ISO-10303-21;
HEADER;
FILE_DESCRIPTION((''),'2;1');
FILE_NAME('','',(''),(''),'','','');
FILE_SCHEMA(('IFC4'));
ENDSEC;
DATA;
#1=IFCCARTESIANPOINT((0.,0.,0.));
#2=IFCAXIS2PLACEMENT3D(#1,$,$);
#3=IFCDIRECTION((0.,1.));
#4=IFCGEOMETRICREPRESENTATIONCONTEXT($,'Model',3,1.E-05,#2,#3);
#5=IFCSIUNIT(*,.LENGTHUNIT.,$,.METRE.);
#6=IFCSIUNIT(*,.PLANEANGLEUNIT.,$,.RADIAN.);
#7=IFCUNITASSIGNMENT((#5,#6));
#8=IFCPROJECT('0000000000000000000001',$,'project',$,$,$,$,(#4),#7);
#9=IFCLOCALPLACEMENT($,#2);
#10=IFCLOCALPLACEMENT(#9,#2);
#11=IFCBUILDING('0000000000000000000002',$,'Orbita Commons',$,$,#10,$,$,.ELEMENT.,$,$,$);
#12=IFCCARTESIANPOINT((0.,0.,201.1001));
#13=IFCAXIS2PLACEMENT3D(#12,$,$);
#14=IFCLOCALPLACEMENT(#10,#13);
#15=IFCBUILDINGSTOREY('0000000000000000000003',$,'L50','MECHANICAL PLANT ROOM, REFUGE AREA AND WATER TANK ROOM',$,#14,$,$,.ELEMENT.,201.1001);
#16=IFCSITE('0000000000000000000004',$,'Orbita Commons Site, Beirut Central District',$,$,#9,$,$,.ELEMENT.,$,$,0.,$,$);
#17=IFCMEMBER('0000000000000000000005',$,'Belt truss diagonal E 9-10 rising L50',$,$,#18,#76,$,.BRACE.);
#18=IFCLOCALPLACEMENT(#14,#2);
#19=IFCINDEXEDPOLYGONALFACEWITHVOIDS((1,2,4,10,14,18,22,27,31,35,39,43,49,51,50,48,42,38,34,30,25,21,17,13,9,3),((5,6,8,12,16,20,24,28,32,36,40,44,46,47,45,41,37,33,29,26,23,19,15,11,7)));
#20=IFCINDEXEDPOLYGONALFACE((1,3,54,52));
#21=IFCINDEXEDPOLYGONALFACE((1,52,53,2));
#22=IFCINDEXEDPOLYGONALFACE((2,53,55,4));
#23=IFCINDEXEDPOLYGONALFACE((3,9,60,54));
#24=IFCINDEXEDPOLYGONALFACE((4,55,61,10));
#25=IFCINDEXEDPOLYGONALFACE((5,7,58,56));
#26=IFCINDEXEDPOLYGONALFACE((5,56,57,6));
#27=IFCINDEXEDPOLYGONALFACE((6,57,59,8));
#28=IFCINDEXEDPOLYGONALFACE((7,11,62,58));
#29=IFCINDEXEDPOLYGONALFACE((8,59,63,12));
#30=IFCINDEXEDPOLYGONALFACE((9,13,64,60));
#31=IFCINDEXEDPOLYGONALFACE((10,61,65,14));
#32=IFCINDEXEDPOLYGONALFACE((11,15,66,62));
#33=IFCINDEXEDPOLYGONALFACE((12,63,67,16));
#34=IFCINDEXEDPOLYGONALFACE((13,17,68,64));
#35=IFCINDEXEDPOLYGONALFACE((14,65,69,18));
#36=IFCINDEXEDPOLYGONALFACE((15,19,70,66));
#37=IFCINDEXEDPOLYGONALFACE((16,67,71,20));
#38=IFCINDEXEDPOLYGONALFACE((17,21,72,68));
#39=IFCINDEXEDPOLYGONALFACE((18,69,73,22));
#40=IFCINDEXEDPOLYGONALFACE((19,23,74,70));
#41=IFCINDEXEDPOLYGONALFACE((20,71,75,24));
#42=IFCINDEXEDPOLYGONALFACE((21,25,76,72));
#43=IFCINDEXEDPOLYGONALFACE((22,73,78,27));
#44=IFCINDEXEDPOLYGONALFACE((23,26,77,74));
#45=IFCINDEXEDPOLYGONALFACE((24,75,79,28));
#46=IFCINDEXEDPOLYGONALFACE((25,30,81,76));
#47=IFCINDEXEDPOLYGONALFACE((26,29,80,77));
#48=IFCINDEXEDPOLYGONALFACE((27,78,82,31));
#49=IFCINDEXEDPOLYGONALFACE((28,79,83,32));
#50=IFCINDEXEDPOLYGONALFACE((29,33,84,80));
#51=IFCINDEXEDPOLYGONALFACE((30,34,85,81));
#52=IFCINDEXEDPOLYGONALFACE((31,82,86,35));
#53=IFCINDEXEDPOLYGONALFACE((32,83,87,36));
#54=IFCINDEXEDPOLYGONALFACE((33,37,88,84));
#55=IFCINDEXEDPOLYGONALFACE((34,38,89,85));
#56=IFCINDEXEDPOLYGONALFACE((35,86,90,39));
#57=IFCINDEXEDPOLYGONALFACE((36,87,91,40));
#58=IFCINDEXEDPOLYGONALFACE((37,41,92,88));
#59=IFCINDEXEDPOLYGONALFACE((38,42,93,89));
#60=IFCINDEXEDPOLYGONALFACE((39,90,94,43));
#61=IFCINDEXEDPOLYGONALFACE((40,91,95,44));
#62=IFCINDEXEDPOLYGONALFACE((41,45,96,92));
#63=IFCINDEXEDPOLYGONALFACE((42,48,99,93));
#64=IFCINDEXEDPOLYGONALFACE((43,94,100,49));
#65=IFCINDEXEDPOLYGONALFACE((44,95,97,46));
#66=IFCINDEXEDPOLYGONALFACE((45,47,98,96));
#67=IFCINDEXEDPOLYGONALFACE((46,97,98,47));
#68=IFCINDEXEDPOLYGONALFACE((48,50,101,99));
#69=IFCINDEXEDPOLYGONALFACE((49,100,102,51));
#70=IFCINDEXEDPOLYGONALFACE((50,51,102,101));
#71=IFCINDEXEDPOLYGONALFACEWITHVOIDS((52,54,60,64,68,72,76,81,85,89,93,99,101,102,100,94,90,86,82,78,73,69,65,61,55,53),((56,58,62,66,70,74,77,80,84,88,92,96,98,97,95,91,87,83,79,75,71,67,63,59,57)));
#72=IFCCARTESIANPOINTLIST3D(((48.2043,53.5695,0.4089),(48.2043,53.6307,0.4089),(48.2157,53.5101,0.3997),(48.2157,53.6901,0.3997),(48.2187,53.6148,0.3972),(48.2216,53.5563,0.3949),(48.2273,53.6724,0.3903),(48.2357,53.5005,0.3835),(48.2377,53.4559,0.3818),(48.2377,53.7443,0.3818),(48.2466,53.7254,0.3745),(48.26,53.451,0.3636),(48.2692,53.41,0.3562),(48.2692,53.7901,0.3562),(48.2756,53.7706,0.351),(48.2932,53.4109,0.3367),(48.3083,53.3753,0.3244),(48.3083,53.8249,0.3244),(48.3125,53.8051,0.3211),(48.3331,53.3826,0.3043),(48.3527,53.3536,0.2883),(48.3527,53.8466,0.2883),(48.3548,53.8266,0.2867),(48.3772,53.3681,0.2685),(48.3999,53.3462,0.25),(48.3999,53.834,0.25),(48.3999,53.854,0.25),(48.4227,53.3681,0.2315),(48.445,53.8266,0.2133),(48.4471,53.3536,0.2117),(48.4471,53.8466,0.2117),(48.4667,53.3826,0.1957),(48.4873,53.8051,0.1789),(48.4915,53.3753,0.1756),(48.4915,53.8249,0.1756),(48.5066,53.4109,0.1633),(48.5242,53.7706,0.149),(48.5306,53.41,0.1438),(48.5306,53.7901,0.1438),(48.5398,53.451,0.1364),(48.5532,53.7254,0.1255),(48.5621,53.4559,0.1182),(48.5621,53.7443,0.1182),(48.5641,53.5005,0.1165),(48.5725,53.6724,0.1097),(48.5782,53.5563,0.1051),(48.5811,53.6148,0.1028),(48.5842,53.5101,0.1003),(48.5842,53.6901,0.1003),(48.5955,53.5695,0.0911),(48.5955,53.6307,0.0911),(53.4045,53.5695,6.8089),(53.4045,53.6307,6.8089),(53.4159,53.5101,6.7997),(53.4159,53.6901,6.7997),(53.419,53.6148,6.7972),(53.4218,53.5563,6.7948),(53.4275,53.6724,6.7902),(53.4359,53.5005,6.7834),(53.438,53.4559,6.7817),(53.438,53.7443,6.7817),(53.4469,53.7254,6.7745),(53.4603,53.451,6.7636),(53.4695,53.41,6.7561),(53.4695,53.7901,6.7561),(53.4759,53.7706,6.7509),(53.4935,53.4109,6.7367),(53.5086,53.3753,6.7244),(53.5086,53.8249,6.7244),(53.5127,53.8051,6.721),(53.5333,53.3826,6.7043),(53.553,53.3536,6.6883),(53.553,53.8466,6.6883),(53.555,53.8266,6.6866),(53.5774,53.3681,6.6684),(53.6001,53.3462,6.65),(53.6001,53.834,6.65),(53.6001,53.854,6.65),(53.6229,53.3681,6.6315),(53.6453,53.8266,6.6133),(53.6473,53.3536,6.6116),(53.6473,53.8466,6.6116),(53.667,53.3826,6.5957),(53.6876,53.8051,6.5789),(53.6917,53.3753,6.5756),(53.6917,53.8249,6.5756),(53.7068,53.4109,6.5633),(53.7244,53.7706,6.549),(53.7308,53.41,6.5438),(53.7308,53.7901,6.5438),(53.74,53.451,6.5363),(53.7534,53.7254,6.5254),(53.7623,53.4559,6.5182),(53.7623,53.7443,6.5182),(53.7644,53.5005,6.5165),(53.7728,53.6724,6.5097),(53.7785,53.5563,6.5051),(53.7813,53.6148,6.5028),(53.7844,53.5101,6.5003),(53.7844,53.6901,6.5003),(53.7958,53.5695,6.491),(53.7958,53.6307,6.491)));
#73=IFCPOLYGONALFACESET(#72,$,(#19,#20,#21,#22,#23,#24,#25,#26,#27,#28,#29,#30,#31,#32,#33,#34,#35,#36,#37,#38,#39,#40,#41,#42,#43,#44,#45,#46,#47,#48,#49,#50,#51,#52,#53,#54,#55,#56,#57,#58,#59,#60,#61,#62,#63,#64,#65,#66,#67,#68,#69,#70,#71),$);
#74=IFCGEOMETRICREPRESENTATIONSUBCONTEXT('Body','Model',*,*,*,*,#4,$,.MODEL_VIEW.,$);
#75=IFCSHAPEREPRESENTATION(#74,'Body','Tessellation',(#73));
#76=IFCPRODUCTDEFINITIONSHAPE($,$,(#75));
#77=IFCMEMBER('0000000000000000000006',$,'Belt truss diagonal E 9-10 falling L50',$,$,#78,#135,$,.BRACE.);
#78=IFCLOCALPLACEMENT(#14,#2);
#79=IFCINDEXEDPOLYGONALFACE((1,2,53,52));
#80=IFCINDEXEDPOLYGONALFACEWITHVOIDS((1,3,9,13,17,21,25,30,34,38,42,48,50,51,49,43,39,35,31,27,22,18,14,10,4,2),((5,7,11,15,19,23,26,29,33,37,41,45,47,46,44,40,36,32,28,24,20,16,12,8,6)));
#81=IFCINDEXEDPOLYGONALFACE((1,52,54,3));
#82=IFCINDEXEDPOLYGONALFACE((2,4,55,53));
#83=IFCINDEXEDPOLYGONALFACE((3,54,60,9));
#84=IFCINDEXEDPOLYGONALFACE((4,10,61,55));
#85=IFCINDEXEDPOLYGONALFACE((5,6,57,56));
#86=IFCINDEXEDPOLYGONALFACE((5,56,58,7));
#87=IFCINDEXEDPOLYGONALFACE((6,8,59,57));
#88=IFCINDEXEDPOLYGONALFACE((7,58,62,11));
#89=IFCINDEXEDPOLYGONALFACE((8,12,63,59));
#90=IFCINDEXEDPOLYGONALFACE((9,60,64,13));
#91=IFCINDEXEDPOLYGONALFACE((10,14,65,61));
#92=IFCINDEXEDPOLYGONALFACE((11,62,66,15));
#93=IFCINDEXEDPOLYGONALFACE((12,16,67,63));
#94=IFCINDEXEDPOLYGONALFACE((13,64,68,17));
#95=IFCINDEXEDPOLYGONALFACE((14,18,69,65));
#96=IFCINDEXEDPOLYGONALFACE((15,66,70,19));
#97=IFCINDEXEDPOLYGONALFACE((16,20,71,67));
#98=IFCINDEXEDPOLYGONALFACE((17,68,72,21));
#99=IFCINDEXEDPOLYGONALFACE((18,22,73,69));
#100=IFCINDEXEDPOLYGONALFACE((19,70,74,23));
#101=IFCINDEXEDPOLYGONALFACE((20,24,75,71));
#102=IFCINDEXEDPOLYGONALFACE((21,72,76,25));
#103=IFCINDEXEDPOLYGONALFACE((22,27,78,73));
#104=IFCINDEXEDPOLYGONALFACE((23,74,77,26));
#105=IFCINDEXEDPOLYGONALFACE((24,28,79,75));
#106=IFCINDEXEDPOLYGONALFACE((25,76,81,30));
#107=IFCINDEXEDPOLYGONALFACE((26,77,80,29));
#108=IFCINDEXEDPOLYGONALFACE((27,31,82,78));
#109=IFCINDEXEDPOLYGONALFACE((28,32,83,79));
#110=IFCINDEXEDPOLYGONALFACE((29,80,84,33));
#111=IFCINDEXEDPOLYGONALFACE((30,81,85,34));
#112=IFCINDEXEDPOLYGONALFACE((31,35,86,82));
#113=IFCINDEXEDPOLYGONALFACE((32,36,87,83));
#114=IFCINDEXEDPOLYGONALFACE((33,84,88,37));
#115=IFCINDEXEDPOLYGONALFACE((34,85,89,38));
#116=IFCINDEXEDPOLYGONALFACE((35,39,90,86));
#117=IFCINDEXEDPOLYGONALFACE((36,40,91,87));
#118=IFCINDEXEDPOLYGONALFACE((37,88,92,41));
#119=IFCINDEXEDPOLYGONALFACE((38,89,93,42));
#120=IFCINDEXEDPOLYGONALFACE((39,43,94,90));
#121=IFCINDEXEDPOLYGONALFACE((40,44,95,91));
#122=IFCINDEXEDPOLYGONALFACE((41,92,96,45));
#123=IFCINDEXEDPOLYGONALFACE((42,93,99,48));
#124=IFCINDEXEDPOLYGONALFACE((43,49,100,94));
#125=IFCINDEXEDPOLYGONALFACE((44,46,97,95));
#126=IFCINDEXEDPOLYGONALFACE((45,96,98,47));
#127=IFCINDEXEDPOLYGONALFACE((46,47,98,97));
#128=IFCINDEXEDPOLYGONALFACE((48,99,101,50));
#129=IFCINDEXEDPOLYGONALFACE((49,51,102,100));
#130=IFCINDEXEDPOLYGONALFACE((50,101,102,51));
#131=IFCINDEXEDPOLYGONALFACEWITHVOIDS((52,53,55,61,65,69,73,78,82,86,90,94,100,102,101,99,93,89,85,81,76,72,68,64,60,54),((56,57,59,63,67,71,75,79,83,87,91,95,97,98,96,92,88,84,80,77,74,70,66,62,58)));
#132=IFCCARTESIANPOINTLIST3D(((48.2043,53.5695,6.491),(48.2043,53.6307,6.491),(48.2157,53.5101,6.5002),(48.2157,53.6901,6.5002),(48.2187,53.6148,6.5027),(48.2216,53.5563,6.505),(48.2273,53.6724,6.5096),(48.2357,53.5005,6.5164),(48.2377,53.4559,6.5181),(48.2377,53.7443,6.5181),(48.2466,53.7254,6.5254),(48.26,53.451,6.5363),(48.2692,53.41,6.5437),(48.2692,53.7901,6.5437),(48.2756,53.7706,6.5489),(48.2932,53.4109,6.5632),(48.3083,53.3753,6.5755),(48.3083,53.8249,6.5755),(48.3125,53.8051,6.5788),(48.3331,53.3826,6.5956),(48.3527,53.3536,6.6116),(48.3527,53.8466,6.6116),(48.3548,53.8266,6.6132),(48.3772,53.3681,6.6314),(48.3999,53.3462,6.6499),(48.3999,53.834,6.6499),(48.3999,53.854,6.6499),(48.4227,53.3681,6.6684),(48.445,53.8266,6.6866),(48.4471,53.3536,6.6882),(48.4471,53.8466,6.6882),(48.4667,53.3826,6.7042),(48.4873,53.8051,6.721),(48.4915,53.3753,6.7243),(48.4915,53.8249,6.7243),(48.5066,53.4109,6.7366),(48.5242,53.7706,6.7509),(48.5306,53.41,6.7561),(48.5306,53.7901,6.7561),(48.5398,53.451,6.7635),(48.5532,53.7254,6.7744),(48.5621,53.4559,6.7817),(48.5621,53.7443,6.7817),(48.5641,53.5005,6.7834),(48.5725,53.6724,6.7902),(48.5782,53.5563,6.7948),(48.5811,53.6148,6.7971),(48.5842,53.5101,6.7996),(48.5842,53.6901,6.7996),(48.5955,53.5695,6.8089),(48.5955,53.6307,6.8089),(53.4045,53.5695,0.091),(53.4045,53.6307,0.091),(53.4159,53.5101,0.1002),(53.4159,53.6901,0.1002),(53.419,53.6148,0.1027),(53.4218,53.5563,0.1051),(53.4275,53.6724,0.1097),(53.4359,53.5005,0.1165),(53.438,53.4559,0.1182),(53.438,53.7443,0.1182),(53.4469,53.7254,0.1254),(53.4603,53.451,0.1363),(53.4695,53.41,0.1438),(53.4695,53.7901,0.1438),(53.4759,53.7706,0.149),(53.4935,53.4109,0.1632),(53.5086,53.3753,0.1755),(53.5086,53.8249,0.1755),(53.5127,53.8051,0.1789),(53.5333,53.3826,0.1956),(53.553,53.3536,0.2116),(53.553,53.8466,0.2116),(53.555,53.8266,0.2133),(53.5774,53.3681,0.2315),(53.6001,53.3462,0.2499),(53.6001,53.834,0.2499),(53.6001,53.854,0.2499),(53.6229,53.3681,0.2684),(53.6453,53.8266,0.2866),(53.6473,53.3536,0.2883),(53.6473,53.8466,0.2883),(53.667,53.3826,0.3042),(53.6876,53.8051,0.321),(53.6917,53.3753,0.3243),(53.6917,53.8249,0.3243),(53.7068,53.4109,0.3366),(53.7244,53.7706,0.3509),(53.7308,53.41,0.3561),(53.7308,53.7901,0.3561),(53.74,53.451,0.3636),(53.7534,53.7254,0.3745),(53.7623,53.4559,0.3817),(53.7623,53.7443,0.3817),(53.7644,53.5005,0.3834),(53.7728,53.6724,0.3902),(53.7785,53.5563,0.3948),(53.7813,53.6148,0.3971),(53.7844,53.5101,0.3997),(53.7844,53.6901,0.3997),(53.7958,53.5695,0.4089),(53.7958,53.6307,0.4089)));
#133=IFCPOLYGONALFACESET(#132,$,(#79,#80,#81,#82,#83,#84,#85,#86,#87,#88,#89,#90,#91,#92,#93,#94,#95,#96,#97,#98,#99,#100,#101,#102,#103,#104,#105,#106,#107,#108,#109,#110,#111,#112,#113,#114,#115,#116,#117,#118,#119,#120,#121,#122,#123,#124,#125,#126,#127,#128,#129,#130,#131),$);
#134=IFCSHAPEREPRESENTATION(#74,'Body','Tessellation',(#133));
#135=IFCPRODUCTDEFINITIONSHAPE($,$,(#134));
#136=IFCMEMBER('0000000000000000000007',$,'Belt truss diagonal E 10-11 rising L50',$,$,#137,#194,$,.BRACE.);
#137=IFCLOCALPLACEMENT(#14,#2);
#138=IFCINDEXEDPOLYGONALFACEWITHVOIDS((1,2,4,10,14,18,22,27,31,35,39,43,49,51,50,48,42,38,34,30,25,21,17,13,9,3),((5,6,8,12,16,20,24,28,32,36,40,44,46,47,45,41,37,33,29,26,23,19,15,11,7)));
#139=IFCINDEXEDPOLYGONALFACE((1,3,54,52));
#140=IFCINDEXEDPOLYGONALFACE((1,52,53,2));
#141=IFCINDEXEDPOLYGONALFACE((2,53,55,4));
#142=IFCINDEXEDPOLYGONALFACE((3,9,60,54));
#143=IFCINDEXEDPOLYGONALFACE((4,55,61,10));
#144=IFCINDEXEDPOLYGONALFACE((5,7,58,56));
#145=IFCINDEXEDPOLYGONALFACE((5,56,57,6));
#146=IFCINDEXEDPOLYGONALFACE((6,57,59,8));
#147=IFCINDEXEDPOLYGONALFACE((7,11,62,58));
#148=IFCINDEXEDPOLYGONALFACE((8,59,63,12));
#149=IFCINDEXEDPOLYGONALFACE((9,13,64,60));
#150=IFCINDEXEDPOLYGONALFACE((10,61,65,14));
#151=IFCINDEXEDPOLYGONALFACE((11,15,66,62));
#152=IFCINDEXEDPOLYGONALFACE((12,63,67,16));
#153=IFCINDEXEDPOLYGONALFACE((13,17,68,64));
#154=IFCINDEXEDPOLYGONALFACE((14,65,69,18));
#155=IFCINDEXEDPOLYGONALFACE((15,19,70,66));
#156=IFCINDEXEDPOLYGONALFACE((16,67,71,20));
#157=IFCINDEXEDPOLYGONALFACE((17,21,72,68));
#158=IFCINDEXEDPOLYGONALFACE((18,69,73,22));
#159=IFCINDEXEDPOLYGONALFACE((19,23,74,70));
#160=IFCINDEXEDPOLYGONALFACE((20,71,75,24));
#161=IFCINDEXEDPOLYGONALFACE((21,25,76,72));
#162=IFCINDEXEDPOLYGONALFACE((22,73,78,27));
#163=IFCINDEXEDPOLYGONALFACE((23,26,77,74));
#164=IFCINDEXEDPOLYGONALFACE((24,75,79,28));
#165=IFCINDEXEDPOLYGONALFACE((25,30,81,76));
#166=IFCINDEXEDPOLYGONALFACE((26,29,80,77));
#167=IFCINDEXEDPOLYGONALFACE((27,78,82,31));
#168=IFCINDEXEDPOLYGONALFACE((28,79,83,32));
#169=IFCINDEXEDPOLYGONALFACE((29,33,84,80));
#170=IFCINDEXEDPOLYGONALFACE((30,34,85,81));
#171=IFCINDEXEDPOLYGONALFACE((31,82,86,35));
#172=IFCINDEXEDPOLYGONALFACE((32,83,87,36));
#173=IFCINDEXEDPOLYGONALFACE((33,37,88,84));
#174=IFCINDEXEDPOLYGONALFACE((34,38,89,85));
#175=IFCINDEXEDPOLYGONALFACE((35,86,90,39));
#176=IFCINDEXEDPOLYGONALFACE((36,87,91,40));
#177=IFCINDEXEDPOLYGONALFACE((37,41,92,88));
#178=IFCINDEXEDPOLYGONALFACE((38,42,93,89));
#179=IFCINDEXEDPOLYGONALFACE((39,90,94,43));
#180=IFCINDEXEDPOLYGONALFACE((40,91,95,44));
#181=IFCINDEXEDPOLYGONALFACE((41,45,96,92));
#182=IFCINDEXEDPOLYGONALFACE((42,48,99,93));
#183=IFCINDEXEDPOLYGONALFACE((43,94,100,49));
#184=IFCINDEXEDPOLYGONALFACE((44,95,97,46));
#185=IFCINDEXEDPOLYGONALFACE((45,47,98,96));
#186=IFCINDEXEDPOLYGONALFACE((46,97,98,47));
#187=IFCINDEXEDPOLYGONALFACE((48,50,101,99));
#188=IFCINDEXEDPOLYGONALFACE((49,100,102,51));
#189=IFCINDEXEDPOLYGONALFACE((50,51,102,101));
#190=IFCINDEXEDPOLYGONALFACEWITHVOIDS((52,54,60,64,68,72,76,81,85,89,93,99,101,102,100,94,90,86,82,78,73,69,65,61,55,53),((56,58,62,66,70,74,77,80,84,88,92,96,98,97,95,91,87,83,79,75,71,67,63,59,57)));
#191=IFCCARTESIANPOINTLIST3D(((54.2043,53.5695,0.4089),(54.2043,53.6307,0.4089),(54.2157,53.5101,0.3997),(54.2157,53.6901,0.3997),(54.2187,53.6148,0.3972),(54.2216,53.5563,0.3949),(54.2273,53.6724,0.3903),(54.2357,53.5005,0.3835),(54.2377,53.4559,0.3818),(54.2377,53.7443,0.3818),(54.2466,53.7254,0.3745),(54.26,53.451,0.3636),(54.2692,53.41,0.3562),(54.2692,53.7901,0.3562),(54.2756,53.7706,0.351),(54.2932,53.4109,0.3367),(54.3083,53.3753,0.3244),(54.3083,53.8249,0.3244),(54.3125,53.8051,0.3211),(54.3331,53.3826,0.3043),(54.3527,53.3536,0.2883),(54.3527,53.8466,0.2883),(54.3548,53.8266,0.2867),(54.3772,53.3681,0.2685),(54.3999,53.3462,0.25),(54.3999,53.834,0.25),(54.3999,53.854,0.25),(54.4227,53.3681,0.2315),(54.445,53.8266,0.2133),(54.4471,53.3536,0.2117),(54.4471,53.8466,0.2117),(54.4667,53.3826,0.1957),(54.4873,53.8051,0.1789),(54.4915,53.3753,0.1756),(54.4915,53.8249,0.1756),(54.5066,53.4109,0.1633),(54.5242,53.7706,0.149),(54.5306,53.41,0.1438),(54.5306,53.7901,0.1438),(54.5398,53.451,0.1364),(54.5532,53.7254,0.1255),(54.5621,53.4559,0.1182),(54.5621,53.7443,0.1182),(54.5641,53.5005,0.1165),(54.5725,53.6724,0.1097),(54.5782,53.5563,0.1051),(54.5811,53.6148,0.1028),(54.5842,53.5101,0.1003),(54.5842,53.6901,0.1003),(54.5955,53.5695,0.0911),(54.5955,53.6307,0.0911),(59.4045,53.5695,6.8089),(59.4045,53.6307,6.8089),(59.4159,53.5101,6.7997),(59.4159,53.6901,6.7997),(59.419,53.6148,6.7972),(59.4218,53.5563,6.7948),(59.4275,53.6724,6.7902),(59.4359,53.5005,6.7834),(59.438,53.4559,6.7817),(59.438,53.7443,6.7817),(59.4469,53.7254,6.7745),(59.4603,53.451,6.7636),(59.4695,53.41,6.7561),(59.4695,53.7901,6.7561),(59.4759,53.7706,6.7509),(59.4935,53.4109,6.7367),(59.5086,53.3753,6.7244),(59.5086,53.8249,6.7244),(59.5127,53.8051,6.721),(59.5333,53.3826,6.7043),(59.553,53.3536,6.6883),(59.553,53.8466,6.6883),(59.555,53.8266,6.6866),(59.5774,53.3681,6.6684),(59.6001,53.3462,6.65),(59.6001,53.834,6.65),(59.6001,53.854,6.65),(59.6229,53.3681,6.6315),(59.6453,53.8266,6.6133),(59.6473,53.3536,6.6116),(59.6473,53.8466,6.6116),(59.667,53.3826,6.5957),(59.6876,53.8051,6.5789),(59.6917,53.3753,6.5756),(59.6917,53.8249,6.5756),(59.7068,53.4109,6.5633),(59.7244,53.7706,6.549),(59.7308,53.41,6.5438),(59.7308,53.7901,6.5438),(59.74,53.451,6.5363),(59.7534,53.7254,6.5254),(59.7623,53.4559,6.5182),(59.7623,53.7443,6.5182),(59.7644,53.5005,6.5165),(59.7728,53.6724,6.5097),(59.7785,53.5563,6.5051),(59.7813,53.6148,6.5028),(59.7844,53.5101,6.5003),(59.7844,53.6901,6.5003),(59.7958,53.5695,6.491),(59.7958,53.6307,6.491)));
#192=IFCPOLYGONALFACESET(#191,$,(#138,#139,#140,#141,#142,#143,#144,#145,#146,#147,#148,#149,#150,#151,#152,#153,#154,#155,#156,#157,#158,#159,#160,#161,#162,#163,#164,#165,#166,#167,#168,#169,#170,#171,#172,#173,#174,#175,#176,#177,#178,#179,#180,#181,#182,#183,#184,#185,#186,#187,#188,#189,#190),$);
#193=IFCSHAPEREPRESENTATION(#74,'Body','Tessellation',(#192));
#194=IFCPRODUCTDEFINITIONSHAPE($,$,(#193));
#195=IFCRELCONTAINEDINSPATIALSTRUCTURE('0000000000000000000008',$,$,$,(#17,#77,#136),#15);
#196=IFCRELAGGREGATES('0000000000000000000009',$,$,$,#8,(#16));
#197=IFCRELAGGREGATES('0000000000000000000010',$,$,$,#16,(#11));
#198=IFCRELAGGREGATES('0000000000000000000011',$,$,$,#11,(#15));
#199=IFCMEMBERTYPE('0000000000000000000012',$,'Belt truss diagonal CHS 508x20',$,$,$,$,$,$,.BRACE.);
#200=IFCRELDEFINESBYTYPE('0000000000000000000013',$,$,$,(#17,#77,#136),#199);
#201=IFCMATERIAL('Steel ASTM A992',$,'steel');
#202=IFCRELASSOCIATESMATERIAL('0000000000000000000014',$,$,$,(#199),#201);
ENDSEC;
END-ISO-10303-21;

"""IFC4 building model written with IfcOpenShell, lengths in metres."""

from ifc_helpers import new_model, si_unit, direction, frame, origin, origin_2d, place, context, subcontext, project, spatial, hollow_circle, extrude, material, material_profile, profile_set, type_object, element, save


model = new_model("IFC4")

# Units and contexts
model_context = context("Model", 3, precision=1e-05, world=origin(), true_north=direction((0.0, 1.0)))
body_context = subcontext(model_context, "Body", "Model", "MODEL_VIEW")
ifc_project = project(units=[si_unit("LENGTHUNIT", "METRE"), si_unit("PLANEANGLEUNIT", "RADIAN")], contexts=[model_context])

# Site, building, storey
site_placement = place(None, origin())
site = spatial("IfcSite", under=ifc_project, at=site_placement, Name="Orbita Commons Site, Beirut Central District", CompositionType="ELEMENT", RefElevation=0.0)
building_placement = place(site_placement, origin())
building = spatial("IfcBuilding", under=site, at=building_placement, Name="Orbita Commons", CompositionType="ELEMENT")
storey_placement = place(building_placement, frame((0.0, 0.0, 201.1001)))
storey = spatial("IfcBuildingStorey", under=building, at=storey_placement, Name="L50", Description="MECHANICAL PLANT ROOM, REFUGE AREA AND WATER TANK ROOM", CompositionType="ELEMENT", Elevation=201.1001)

# Members
ifc_material_1 = material(Name="Steel ASTM A992", Category="steel")
ifc_material_profile_1 = material_profile(ifc_material_1, hollow_circle(Radius=0.2539, WallThickness=0.02, at=origin_2d()), Name="CHS 508x20")
ifc_profile_set_1 = profile_set([ifc_material_profile_1], Name="Steel ASTM A992")
member_type = type_object("IfcMemberType", Name="Belt truss diagonal CHS 508x20", PredefinedType="BRACE", material=ifc_profile_set_1)
for number, where, z_axis, x_axis, name in (
    (1, (48.3999, 53.6001, 0.25), (0.630613, 0.0, 0.776098), (0.0, 1.0, 0.0), "Belt truss diagonal E 9-10 rising L50"),
    (2, (48.3999, 53.6001, 6.6499), (0.630613, 0.0, -0.776098), (0.0, 1.0, 0.0), "Belt truss diagonal E 9-10 falling L50"),
    (3, (54.3999, 53.6001, 0.25), (0.630613, 0.0, 0.776098), (0.0, 1.0, 0.0), "Belt truss diagonal E 10-11 rising L50"),
):
    element("IfcMember", number, at=place(storey_placement, frame(where, z_axis=z_axis, x_axis=x_axis)), inside=storey, type_object=member_type, Name=name, PredefinedType="BRACE", context=body_context, shape_type="SweptSolid", body=[
        extrude(hollow_circle(Radius=0.2539, WallThickness=0.02, at=origin_2d()), origin(), (0.0, 0.0, 1.0), 8.2463),
    ])

save(model, "model.ifc")
